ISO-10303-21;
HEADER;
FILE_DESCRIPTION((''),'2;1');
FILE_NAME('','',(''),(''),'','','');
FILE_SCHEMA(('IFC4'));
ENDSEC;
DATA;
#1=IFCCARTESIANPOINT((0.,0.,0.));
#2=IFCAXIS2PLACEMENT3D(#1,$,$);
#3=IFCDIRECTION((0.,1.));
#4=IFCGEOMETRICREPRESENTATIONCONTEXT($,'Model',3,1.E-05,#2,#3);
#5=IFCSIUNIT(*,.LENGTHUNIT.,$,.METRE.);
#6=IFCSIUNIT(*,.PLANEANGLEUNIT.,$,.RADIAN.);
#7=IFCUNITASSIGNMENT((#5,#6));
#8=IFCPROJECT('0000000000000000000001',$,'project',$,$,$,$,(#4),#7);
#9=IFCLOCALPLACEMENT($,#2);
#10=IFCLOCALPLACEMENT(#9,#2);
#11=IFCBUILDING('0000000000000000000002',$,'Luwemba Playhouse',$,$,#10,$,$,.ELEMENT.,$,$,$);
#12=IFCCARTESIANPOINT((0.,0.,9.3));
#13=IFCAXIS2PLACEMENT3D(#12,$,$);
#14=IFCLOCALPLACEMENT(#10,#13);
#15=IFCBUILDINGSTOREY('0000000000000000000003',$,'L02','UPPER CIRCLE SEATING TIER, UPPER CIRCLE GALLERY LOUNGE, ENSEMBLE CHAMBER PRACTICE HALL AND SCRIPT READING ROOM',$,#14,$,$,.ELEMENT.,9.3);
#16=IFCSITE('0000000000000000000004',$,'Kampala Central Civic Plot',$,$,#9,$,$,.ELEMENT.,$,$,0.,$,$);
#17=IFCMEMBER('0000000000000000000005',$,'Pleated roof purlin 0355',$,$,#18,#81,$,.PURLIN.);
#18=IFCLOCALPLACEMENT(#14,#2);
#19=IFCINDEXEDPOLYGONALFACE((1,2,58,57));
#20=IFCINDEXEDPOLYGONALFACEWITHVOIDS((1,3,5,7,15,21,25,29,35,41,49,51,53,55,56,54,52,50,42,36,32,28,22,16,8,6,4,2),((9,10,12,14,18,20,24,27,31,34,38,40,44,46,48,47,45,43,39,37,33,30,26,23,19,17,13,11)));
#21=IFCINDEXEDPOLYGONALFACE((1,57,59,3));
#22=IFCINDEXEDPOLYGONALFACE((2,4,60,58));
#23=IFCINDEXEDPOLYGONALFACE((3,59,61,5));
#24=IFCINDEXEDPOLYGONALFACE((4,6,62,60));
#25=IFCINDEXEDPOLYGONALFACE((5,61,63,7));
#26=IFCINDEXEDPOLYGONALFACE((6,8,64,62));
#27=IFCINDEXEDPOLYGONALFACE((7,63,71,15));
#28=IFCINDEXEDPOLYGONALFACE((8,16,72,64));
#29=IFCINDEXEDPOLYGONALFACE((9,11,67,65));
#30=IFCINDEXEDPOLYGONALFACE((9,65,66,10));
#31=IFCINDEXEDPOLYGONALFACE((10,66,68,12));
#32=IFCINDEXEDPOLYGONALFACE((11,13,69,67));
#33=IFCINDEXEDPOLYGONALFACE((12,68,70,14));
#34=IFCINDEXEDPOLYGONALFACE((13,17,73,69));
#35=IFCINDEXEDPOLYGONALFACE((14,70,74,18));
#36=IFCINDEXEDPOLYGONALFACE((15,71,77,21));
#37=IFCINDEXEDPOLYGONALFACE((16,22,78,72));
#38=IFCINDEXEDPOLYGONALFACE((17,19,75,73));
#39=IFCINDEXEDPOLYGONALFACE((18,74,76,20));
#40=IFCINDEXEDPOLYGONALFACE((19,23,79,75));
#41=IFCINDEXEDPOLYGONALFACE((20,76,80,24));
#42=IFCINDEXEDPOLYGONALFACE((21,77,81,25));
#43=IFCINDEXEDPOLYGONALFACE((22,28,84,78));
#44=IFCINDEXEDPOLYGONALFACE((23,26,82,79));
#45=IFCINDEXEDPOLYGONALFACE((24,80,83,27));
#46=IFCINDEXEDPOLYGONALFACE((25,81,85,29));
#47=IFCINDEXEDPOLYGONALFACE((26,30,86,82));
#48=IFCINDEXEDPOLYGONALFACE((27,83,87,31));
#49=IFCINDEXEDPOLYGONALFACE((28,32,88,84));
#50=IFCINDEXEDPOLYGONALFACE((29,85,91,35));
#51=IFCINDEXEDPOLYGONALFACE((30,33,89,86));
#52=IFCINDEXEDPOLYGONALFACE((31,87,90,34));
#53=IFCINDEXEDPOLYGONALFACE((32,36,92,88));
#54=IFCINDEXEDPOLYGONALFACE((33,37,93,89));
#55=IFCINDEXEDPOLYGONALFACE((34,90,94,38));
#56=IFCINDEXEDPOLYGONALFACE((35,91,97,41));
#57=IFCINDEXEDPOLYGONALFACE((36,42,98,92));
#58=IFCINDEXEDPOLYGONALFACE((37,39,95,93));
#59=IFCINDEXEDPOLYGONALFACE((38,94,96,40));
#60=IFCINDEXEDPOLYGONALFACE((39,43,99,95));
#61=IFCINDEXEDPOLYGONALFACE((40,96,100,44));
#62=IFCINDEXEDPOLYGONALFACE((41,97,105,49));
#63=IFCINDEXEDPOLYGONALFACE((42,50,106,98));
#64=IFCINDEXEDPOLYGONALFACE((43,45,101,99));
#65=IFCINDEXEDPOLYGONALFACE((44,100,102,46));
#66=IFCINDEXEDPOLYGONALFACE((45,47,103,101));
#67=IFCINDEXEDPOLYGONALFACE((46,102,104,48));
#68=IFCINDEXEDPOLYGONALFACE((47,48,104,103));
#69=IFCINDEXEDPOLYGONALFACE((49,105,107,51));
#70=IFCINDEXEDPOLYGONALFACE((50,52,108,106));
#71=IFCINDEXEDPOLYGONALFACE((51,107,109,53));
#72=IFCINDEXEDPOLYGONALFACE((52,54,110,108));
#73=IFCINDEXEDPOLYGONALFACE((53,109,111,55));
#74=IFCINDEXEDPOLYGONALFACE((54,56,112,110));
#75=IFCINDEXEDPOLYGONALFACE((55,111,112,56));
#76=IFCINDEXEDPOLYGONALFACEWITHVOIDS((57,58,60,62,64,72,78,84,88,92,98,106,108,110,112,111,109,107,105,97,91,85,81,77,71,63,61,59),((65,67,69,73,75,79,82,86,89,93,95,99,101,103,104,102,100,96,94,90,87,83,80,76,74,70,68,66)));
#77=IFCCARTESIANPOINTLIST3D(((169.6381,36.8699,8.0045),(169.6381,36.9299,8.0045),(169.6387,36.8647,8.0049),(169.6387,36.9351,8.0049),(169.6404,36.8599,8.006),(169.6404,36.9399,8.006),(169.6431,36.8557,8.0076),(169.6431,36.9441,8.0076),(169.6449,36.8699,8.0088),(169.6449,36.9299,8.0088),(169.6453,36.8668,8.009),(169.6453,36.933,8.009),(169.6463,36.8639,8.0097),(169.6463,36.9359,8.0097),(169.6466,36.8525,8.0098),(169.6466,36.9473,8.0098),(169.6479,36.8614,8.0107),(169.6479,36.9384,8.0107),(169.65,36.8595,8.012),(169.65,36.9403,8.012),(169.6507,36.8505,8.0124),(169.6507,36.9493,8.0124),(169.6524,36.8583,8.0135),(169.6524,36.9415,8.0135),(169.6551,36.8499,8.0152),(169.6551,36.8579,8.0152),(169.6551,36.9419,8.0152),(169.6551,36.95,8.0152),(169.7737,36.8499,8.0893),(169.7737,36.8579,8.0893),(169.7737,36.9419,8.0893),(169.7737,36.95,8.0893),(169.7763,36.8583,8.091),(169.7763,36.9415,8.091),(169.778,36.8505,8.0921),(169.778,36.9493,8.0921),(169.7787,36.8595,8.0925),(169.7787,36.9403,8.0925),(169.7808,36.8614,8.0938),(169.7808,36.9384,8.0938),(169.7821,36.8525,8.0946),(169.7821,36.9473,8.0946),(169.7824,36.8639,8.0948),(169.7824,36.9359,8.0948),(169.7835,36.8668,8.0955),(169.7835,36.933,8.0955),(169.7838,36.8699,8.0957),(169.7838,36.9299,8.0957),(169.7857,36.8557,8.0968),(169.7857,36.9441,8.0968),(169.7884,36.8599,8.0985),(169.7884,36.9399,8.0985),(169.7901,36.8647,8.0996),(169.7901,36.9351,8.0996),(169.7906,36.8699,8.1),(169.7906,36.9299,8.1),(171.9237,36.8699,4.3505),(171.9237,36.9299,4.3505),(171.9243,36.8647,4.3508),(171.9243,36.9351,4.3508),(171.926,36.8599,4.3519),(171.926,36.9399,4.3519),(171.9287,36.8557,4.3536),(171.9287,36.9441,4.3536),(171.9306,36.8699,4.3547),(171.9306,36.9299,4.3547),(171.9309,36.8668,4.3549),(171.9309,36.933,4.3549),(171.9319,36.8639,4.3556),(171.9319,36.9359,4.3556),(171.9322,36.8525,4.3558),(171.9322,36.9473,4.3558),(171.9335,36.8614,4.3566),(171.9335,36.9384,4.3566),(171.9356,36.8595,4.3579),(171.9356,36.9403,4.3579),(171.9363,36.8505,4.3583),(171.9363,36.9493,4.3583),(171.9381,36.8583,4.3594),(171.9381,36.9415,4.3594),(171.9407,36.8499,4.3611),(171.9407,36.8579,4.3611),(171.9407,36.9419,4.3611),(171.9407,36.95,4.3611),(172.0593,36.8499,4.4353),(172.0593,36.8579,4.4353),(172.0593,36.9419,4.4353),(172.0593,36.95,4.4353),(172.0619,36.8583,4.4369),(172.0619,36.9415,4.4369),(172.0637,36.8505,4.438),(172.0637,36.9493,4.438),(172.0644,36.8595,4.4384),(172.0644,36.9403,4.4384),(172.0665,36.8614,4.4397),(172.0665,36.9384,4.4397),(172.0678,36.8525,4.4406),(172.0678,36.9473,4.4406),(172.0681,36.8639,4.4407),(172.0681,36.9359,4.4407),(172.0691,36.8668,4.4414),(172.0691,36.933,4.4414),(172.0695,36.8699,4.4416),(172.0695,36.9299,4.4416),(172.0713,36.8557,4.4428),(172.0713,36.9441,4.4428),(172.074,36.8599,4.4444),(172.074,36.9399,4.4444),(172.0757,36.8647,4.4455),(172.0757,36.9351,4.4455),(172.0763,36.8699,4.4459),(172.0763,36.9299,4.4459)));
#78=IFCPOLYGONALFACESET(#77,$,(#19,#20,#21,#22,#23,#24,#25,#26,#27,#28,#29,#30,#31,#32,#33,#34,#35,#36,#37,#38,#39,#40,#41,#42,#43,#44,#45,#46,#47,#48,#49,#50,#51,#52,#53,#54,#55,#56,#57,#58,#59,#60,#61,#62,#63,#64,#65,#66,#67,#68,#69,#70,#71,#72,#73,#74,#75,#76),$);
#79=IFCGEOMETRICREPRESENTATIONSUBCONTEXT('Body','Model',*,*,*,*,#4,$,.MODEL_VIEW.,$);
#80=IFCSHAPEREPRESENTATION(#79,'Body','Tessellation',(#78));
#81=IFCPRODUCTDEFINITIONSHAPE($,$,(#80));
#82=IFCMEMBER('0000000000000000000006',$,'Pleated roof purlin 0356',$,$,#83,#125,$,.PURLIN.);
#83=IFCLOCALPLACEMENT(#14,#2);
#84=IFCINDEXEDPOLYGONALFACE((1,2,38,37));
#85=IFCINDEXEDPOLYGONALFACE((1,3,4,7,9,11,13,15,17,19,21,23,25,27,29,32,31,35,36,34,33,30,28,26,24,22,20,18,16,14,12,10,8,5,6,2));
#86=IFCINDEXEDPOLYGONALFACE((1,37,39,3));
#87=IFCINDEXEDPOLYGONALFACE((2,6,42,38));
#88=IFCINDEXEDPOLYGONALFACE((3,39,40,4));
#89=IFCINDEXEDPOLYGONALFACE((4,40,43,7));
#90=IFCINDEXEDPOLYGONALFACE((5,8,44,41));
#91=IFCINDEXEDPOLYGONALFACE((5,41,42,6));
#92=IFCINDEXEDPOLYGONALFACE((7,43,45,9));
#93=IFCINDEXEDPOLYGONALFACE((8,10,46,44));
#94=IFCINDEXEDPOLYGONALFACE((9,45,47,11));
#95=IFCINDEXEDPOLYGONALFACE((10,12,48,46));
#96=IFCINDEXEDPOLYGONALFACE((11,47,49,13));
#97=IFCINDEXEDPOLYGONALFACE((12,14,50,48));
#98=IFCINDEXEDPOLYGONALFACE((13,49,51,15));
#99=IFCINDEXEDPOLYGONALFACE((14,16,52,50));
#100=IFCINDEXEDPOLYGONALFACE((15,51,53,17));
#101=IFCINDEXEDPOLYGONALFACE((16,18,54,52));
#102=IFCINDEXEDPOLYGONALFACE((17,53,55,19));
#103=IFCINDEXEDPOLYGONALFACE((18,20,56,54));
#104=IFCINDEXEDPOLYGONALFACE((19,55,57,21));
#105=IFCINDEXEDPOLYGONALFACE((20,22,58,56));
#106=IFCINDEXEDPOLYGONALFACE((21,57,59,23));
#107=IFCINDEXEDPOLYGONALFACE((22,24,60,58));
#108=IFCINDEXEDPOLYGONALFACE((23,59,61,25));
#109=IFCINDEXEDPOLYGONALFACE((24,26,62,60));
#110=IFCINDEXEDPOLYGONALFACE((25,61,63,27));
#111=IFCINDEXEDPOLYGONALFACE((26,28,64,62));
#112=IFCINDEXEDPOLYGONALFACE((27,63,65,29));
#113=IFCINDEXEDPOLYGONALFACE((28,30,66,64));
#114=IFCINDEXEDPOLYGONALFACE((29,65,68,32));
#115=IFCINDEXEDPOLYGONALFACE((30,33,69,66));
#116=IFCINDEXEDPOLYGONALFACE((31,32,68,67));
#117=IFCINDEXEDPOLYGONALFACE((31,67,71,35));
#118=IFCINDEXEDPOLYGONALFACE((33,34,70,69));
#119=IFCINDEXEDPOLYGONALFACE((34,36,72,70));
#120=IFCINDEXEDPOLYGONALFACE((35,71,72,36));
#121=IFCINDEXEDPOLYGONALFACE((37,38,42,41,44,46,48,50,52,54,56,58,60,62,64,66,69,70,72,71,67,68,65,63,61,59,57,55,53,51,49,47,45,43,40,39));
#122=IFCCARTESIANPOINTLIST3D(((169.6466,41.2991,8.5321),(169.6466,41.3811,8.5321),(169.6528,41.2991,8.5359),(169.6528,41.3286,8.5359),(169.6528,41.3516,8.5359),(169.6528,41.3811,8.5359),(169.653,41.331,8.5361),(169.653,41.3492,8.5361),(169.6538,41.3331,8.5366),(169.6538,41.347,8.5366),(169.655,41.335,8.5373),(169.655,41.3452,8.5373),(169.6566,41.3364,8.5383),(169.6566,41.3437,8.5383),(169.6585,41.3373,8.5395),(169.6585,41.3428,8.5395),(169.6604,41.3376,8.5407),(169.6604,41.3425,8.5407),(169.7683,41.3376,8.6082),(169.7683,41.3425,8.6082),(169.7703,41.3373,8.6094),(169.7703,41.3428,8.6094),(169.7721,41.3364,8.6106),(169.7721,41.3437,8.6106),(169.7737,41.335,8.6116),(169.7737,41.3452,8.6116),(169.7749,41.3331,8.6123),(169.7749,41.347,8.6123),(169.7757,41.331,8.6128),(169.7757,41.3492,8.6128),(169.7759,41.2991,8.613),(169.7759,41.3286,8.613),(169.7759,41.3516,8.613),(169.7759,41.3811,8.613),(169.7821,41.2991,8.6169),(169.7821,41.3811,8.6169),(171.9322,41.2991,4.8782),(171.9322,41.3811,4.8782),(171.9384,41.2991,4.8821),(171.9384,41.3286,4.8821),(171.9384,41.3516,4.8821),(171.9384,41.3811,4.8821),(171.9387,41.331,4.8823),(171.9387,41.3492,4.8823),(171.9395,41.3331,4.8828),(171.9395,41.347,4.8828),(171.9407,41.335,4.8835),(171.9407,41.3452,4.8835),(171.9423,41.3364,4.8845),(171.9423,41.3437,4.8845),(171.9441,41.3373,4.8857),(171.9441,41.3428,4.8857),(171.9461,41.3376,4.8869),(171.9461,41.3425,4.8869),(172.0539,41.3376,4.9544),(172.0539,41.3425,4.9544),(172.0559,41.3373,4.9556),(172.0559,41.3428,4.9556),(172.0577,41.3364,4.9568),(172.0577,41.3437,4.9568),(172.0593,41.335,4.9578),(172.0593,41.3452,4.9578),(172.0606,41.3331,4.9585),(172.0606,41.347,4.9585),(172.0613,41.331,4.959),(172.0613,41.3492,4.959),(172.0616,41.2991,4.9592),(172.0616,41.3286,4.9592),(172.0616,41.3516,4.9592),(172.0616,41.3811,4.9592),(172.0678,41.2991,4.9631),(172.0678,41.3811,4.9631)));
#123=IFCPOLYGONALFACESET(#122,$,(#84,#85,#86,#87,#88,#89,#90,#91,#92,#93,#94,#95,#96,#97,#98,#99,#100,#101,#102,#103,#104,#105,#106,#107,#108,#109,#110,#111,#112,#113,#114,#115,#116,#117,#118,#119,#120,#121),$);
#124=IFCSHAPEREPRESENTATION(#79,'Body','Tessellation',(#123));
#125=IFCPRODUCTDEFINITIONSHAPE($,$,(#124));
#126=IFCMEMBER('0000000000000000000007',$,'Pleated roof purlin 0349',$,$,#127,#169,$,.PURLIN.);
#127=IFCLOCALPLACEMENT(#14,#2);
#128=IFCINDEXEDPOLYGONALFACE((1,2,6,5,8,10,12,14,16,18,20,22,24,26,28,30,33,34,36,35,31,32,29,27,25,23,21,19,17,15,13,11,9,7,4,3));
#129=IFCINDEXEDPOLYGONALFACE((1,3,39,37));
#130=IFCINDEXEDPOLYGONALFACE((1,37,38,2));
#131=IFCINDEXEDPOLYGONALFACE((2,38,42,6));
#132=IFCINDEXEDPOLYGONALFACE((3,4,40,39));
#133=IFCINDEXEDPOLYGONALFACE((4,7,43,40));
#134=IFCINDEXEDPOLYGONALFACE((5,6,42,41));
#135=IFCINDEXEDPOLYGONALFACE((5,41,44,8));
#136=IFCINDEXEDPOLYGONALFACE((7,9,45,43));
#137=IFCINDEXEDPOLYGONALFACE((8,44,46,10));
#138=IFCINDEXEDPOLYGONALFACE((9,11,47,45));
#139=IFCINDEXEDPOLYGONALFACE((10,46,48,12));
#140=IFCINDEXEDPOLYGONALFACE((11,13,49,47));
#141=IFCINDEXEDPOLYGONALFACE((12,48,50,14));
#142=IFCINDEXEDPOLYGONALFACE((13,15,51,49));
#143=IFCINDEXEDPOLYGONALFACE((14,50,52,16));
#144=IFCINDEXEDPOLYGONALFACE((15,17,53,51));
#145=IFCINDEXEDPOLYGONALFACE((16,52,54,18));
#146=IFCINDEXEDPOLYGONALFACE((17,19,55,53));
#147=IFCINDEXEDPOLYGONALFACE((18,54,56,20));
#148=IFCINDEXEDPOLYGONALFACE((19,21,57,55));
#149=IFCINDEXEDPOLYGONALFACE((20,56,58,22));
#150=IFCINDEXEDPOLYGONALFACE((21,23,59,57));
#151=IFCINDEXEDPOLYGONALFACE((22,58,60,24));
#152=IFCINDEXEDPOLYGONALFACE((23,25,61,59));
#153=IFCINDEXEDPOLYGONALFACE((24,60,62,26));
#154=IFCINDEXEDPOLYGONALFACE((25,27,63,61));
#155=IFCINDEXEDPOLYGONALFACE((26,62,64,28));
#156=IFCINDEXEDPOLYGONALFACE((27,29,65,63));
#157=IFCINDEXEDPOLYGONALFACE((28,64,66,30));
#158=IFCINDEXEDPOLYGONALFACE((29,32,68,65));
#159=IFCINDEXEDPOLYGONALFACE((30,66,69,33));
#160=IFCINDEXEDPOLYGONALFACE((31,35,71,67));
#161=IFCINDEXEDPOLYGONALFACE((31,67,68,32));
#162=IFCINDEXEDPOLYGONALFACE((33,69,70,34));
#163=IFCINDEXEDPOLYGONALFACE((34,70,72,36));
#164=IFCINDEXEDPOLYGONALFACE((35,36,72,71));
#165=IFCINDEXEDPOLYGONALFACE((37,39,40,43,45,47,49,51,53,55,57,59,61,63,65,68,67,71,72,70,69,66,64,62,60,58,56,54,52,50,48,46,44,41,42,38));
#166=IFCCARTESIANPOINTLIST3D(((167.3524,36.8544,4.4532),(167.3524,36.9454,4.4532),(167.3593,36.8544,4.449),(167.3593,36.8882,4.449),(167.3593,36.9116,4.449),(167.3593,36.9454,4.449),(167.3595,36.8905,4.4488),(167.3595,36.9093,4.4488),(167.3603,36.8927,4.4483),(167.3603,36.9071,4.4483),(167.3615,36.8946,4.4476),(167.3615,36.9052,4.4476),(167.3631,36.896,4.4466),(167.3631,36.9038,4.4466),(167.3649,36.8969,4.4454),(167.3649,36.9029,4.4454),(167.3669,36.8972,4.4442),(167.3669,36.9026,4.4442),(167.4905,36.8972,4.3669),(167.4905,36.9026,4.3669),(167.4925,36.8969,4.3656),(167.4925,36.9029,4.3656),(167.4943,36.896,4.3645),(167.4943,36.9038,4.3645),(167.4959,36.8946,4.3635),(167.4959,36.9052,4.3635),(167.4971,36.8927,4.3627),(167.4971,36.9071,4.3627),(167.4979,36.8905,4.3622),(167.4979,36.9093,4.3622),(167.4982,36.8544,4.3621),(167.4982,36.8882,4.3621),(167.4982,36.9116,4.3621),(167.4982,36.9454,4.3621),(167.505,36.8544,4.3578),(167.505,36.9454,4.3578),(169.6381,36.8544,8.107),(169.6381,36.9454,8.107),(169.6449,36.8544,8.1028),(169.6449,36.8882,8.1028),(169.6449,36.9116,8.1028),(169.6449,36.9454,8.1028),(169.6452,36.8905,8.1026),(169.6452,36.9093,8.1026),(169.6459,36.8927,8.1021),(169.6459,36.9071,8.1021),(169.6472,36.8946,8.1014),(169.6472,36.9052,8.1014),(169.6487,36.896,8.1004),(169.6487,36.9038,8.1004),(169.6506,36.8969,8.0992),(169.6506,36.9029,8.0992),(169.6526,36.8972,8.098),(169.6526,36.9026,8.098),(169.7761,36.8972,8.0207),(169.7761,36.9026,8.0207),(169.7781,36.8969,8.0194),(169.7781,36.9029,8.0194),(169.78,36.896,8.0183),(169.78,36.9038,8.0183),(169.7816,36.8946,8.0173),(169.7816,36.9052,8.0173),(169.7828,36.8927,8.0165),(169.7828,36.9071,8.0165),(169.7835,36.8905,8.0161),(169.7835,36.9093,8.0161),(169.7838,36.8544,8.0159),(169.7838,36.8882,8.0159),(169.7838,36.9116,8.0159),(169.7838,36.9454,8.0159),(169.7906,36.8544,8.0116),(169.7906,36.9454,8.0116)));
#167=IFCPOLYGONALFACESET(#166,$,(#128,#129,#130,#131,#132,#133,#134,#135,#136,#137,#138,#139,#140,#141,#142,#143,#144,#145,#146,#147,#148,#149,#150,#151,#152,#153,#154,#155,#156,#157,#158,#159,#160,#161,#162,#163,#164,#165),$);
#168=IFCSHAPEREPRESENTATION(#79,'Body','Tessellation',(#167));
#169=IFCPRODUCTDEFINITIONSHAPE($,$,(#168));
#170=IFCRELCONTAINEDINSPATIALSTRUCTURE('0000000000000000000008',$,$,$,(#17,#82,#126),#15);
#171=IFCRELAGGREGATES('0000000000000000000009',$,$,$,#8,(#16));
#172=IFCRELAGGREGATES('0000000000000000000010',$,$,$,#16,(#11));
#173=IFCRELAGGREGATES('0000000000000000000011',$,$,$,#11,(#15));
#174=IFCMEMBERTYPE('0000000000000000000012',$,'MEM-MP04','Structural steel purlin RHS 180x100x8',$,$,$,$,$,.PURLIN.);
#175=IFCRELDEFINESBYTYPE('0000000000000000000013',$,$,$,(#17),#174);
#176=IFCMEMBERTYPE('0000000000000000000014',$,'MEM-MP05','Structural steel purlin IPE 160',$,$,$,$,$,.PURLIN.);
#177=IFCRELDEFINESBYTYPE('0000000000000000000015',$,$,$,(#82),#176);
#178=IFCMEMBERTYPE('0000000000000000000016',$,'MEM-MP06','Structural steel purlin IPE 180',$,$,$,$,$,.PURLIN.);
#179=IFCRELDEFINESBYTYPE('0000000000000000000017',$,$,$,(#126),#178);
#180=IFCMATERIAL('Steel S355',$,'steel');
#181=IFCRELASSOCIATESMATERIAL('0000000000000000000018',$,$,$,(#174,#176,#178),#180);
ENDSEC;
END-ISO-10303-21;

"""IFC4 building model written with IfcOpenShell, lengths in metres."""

from ifc_helpers import new_model, si_unit, direction, frame, origin, origin_2d, place, context, subcontext, project, spatial, hollow_rectangle, i_section, extrude, material, material_profile, profile_set, type_object, element, save


model = new_model("IFC4")

# Units and contexts
model_context = context("Model", 3, precision=1e-05, world=origin(), true_north=direction((0.0, 1.0)))
body_context = subcontext(model_context, "Body", "Model", "MODEL_VIEW")
ifc_project = project(units=[si_unit("LENGTHUNIT", "METRE"), si_unit("PLANEANGLEUNIT", "RADIAN")], contexts=[model_context])

# Site, building, storey
site_placement = place(None, origin())
site = spatial("IfcSite", under=ifc_project, at=site_placement, Name="Kampala Central Civic Plot", CompositionType="ELEMENT", RefElevation=0.0)
building_placement = place(site_placement, origin())
building = spatial("IfcBuilding", under=site, at=building_placement, Name="Luwemba Playhouse", CompositionType="ELEMENT")
storey_placement = place(building_placement, frame((0.0, 0.0, 9.3)))
storey = spatial("IfcBuildingStorey", under=building, at=storey_placement, Name="L02", Description="UPPER CIRCLE SEATING TIER, UPPER CIRCLE GALLERY LOUNGE, ENSEMBLE CHAMBER PRACTICE HALL AND SCRIPT READING ROOM", CompositionType="ELEMENT", Elevation=9.3)

# Shared definitions
ifc_material_1 = material(Name="Steel S355", Category="steel")

# Members
ifc_material_profile_1 = material_profile(ifc_material_1, hollow_rectangle(XDim=0.1001, YDim=0.1799, WallThickness=0.0081, InnerFilletRadius=0.012, OuterFilletRadius=0.02, at=origin_2d()))
ifc_profile_set_1 = profile_set([ifc_material_profile_1], Name="Steel S355")
member_type_1 = type_object("IfcMemberType", Name="MEM-MP04", Description="Structural steel purlin RHS 180x100x8", PredefinedType="PURLIN", material=ifc_profile_set_1)
member_1_placement = place(storey_placement, frame((169.7144, 36.8999, 8.0522), z_axis=(0.530309, 0.0, -0.847804), x_axis=(0.0, 1.0, 0.0)))
element("IfcMember", 1, at=member_1_placement, inside=storey, type_object=member_type_1, Name="Pleated roof purlin 0355", PredefinedType="PURLIN", context=body_context, shape_type="SweptSolid", body=[
    extrude(hollow_rectangle(XDim=0.1001, YDim=0.1799, WallThickness=0.0081, InnerFilletRadius=0.012, OuterFilletRadius=0.02, at=origin_2d()), origin(), (0.0, 0.0, 1.0), 4.3101),
])
ifc_material_profile_2 = material_profile(ifc_material_1, i_section(OverallWidth=0.082, OverallDepth=0.1599, WebThickness=0.0049, FlangeThickness=0.0073, FilletRadius=0.009, at=origin_2d()))
ifc_profile_set_2 = profile_set([ifc_material_profile_2], Name="Steel S355")
member_type_2 = type_object("IfcMemberType", Name="MEM-MP05", Description="Structural steel purlin IPE 160", PredefinedType="PURLIN", material=ifc_profile_set_2)
member_2_placement = place(storey_placement, frame((169.7144, 41.3401, 8.5745), z_axis=(0.530335, 0.0, -0.847788), x_axis=(0.0, 1.0, 0.0)))
element("IfcMember", 2, at=member_2_placement, inside=storey, type_object=member_type_2, Name="Pleated roof purlin 0356", PredefinedType="PURLIN", context=body_context, shape_type="SweptSolid", body=[
    extrude(i_section(OverallWidth=0.082, OverallDepth=0.1599, WebThickness=0.0049, FlangeThickness=0.0073, FilletRadius=0.009, at=origin_2d()), origin(), (0.0, 0.0, 1.0), 4.3098),
])
ifc_material_profile_3 = material_profile(ifc_material_1, i_section(OverallWidth=0.0911, OverallDepth=0.1799, WebThickness=0.0054, FlangeThickness=0.0081, FilletRadius=0.009, at=origin_2d()))
ifc_profile_set_3 = profile_set([ifc_material_profile_3], Name="Steel S355")
member_type_3 = type_object("IfcMemberType", Name="MEM-MP06", Description="Structural steel purlin IPE 180", PredefinedType="PURLIN", material=ifc_profile_set_3)
member_3_placement = place(storey_placement, frame((167.4287, 36.8999, 4.4055), z_axis=(0.530335, 0.0, 0.847788), x_axis=(0.0, 1.0, 0.0)))
element("IfcMember", 3, at=member_3_placement, inside=storey, type_object=member_type_3, Name="Pleated roof purlin 0349", PredefinedType="PURLIN", context=body_context, shape_type="SweptSolid", body=[
    extrude(i_section(OverallWidth=0.0911, OverallDepth=0.1799, WebThickness=0.0054, FlangeThickness=0.0081, FilletRadius=0.009, at=origin_2d()), origin(), (0.0, 0.0, 1.0), 4.3098),
])

save(model, "model.ifc")
